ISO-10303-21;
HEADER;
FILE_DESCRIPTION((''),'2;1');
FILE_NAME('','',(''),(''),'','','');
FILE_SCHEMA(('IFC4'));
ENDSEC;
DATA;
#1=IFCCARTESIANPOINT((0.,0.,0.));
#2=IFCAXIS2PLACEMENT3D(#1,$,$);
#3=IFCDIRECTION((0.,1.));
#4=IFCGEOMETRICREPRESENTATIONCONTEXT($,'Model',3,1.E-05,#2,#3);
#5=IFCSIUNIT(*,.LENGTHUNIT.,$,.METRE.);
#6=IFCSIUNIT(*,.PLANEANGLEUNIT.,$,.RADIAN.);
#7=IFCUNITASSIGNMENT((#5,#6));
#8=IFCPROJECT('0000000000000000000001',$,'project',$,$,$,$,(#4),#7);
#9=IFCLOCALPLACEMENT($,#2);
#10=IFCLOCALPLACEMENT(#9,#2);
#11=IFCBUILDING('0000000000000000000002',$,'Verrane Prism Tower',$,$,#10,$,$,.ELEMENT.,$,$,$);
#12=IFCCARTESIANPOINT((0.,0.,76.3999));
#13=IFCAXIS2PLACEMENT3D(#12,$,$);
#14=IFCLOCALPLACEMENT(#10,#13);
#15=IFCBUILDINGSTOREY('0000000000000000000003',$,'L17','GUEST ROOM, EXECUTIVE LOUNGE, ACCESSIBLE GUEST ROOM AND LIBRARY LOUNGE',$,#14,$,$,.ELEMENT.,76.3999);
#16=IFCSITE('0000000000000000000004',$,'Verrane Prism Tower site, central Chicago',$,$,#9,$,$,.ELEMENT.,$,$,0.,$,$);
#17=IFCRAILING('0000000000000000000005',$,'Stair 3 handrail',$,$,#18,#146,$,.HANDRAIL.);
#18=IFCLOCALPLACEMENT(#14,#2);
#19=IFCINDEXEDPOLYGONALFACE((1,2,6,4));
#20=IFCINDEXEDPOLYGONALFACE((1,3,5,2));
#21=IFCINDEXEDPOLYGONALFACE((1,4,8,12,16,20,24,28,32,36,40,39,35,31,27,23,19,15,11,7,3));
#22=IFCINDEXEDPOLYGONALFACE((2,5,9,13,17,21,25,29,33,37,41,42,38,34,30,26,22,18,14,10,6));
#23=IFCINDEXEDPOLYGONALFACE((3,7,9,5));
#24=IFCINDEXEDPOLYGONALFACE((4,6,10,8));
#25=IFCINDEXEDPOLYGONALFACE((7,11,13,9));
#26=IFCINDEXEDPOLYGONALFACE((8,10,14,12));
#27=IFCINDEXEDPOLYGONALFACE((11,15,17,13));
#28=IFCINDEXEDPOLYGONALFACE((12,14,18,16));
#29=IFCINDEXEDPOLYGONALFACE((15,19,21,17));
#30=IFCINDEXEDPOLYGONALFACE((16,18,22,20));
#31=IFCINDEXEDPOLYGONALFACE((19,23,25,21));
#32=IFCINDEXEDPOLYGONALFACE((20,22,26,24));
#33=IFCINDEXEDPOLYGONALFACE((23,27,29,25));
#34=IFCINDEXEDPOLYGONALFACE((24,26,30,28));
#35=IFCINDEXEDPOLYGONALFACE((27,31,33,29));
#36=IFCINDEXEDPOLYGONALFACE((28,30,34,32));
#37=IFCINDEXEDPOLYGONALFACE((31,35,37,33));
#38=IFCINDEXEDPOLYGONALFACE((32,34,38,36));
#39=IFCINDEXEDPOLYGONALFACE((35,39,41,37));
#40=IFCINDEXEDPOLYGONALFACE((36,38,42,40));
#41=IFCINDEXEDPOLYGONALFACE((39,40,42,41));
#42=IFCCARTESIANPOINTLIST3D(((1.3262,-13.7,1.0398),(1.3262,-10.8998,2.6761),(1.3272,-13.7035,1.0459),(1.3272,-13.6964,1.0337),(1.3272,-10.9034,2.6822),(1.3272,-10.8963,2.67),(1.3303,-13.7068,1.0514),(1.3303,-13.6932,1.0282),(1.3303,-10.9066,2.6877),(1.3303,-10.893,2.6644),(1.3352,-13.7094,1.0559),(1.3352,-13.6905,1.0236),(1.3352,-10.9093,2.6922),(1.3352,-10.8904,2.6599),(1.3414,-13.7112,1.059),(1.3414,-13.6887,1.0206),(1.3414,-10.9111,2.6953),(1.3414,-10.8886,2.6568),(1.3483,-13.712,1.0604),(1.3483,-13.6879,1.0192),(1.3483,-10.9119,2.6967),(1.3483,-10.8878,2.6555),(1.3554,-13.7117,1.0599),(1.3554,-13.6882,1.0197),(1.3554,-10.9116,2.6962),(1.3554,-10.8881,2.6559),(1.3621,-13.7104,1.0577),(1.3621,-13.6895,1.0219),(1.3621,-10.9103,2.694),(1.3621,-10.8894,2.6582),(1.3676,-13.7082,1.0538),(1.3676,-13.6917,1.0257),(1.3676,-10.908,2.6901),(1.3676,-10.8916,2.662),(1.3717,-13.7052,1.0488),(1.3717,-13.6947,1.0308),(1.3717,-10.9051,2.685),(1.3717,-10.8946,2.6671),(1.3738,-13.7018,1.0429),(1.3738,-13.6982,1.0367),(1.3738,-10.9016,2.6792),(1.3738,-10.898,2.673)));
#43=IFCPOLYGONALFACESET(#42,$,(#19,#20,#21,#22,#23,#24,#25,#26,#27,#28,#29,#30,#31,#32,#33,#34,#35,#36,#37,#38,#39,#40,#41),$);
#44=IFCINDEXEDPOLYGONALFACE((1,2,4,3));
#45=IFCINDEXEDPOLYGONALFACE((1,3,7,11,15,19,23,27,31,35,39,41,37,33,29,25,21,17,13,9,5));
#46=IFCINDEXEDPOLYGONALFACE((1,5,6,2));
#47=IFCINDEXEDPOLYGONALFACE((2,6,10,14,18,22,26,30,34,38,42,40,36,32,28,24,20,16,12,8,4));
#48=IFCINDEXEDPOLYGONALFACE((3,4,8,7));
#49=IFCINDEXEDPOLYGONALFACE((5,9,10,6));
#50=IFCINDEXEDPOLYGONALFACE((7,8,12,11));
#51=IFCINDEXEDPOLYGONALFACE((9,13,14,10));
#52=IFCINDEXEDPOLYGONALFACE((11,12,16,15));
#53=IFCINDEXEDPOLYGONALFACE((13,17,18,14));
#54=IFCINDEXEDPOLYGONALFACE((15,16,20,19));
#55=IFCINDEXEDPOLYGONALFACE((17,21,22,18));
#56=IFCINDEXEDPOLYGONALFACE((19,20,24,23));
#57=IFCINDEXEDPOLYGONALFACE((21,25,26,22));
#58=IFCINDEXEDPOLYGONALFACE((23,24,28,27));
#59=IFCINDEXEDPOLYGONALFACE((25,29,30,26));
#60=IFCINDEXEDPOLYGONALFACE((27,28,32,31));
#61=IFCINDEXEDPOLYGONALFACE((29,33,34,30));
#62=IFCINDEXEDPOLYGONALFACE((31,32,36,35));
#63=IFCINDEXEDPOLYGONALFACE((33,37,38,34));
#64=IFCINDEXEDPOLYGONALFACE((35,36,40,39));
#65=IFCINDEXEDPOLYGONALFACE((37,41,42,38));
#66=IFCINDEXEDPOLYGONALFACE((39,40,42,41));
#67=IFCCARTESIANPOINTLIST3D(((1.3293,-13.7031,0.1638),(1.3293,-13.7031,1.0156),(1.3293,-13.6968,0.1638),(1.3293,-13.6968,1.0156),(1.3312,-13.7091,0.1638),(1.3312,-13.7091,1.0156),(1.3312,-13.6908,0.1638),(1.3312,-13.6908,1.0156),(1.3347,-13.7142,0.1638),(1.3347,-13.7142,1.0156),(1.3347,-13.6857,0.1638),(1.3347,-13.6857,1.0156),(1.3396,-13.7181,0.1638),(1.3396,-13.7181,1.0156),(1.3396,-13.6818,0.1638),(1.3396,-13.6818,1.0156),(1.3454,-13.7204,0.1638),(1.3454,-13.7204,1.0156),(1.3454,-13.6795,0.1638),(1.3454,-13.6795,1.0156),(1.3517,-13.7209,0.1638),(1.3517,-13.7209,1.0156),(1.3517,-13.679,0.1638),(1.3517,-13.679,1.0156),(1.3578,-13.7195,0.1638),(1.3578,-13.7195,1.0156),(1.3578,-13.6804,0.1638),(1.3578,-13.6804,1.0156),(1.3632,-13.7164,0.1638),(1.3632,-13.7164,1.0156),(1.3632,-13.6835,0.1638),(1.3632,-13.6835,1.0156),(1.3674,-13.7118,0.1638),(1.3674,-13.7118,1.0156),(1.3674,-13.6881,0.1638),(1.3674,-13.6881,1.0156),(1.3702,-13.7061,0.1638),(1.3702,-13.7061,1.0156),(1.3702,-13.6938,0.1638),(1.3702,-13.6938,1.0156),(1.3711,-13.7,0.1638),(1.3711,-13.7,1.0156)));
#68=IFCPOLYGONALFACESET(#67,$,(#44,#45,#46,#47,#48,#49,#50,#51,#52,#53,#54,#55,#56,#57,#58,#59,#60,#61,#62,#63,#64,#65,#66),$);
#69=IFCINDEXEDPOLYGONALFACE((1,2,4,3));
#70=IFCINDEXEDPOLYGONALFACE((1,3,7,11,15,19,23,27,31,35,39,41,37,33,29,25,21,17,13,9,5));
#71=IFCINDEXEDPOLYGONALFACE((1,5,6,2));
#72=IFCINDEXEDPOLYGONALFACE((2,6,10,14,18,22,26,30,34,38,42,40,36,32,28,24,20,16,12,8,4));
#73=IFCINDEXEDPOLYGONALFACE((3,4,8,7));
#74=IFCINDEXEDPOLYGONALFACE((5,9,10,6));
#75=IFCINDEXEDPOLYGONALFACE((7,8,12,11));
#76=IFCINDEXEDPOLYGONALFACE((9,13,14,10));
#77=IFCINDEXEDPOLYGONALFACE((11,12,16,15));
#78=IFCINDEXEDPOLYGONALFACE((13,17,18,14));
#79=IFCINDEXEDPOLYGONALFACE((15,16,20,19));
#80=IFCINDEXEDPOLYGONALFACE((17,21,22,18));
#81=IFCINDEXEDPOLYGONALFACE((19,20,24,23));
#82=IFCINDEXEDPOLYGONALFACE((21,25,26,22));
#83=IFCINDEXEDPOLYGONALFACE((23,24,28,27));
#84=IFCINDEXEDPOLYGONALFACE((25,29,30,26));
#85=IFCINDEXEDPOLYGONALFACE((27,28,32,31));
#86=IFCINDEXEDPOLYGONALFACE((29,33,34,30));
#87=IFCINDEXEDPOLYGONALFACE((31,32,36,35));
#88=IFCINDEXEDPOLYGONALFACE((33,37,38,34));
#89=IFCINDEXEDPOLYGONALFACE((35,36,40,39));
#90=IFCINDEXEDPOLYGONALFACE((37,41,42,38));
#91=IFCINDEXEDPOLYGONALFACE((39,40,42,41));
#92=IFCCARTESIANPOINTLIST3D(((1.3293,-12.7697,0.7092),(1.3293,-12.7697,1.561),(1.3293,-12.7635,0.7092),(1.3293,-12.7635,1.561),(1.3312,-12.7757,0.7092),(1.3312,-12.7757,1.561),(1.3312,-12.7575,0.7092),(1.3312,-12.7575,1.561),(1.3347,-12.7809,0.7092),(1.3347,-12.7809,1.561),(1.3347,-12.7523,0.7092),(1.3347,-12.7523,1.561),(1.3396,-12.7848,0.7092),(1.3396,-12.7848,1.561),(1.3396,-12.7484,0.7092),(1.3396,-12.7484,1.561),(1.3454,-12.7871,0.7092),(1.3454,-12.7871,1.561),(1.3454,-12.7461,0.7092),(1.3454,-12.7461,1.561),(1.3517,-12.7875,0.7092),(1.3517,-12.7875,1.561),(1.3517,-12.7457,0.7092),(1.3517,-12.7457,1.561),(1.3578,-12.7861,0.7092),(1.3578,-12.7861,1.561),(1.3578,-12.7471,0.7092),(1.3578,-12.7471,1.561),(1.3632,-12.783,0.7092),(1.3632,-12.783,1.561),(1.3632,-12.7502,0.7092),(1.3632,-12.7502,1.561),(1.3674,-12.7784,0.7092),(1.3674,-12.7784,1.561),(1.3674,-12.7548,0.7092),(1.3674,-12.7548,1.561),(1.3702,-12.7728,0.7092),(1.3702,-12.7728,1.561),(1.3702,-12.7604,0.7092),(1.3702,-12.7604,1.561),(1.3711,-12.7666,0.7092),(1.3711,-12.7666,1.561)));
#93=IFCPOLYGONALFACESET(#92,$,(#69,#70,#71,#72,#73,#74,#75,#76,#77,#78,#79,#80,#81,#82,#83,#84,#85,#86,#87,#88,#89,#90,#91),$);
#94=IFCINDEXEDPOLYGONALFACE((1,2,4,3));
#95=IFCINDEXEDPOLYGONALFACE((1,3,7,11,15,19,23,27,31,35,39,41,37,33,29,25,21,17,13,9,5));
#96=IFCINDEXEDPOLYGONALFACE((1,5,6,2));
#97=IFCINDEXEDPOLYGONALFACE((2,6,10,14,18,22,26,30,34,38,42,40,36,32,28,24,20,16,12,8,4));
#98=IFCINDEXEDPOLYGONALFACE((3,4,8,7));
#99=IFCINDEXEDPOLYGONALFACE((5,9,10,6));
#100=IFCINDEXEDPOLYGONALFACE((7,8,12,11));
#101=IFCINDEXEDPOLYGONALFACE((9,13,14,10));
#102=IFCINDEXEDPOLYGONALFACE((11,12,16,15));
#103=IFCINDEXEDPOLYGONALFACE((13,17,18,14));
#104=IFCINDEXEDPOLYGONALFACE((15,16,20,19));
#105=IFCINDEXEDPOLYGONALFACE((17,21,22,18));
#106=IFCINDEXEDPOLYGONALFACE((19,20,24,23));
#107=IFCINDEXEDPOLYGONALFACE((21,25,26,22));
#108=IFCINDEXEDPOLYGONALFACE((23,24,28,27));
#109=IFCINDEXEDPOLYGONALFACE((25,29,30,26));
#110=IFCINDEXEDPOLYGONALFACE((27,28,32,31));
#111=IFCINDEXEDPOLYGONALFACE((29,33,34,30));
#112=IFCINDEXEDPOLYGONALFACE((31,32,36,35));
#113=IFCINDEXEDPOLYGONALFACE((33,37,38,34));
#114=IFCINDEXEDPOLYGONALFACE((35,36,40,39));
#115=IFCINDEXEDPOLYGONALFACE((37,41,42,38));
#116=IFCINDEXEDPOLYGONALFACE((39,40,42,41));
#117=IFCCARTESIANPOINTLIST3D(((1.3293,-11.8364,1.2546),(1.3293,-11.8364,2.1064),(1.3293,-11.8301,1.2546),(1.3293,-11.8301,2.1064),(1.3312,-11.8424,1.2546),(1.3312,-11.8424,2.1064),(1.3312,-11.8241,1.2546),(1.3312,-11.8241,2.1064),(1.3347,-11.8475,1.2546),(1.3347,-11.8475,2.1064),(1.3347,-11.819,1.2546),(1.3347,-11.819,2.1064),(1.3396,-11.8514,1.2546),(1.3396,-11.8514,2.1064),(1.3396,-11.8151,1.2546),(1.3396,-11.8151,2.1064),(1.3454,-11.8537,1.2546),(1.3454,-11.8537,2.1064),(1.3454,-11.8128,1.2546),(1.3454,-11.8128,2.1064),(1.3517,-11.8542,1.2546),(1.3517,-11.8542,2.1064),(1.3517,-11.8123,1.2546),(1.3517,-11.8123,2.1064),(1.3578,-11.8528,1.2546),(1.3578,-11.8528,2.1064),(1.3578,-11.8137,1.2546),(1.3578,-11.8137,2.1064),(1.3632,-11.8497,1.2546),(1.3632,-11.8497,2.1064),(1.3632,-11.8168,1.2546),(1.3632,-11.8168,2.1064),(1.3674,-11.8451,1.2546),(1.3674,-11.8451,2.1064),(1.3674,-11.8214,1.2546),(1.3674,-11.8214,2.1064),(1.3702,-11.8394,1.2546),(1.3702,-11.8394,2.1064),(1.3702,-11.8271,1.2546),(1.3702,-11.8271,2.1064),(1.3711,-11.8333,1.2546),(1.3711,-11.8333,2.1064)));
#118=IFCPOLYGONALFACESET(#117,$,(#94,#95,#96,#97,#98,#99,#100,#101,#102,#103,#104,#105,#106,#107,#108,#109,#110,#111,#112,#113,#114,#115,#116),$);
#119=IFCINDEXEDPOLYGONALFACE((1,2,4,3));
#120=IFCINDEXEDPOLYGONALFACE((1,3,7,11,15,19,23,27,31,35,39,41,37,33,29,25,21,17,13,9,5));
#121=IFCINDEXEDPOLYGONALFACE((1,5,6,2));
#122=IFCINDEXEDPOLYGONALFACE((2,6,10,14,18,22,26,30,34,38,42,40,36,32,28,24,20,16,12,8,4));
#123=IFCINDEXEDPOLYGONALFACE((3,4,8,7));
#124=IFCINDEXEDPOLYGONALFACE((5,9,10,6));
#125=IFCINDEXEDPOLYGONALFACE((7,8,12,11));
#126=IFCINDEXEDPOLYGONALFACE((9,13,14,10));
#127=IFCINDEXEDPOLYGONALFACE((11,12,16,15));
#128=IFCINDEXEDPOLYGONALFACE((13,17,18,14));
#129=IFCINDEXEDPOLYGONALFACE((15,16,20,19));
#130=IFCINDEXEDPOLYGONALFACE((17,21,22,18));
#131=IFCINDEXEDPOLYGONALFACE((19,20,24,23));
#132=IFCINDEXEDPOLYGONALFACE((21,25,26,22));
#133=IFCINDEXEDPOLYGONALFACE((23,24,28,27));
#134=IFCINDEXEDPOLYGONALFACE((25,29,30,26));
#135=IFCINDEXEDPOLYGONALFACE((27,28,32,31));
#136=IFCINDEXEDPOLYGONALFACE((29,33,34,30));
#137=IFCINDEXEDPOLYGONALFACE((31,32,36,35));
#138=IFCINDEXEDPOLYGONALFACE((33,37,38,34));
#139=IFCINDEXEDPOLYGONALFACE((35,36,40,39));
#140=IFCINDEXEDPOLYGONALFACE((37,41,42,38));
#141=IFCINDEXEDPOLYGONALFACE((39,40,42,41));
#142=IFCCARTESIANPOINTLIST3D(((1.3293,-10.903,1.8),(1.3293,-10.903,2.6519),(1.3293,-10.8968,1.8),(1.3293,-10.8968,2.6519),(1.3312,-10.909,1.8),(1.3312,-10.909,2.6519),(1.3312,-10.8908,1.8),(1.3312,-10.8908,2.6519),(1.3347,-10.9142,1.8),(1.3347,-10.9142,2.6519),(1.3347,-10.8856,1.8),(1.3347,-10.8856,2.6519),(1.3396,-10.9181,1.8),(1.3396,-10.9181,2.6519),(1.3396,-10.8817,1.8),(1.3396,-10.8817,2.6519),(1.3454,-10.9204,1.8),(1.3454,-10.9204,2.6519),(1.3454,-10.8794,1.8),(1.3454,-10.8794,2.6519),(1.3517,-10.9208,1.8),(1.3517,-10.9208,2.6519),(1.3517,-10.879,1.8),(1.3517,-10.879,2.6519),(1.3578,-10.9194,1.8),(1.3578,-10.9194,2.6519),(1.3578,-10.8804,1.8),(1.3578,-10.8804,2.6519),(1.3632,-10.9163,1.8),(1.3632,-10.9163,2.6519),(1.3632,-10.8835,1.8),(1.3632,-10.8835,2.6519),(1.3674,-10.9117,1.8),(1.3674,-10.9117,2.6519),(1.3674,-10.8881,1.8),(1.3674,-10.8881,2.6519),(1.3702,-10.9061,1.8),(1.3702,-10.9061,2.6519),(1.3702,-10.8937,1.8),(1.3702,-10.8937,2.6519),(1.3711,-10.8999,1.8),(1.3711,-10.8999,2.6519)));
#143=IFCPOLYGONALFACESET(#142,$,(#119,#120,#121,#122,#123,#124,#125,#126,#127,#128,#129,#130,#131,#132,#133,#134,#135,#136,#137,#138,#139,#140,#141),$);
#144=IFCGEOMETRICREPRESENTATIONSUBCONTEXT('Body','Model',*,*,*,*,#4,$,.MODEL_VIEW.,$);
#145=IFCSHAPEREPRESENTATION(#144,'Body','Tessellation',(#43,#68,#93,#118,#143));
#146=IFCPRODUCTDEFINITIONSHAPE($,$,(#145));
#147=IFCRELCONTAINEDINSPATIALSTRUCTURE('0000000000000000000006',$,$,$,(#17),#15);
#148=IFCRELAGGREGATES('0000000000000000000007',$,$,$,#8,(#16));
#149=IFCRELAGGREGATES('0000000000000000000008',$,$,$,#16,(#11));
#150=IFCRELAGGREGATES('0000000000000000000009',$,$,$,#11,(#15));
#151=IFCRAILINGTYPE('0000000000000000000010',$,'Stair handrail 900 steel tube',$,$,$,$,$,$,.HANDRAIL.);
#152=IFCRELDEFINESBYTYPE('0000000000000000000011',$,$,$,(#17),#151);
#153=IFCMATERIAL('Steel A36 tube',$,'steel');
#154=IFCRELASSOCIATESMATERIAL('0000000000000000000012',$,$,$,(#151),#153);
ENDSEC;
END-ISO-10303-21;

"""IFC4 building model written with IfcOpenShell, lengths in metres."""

from ifc_helpers import new_model, si_unit, direction, frame, origin, origin_2d, place, context, subcontext, project, spatial, circle, extrude, material, type_object, element, save


model = new_model("IFC4")

# Units and contexts
model_context = context("Model", 3, precision=1e-05, world=origin(), true_north=direction((0.0, 1.0)))
body_context = subcontext(model_context, "Body", "Model", "MODEL_VIEW")
ifc_project = project(units=[si_unit("LENGTHUNIT", "METRE"), si_unit("PLANEANGLEUNIT", "RADIAN")], contexts=[model_context])

# Site, building, storey
site_placement = place(None, origin())
site = spatial("IfcSite", under=ifc_project, at=site_placement, Name="Verrane Prism Tower site, central Chicago", CompositionType="ELEMENT", RefElevation=0.0)
building_placement = place(site_placement, origin())
building = spatial("IfcBuilding", under=site, at=building_placement, Name="Verrane Prism Tower", CompositionType="ELEMENT")
storey_placement = place(building_placement, frame((0.0, 0.0, 76.3999)))
storey = spatial("IfcBuildingStorey", under=building, at=storey_placement, Name="L17", Description="GUEST ROOM, EXECUTIVE LOUNGE, ACCESSIBLE GUEST ROOM AND LIBRARY LOUNGE", CompositionType="ELEMENT", Elevation=76.3999)

# Railing
ifc_material_1 = material(Name="Steel A36 tube", Category="steel")
railing_type_1 = type_object("IfcRailingType", Name="Stair handrail 900 steel tube", PredefinedType="HANDRAIL", material=ifc_material_1)
railing_1_placement = place(storey_placement, frame((1.3501, -13.7, 0.1638)))
element("IfcRailing", 1, at=railing_1_placement, inside=storey, type_object=railing_type_1, Name="Stair 3 handrail", PredefinedType="HANDRAIL", context=body_context, shape_type="SweptSolid", body=[
    extrude(circle(Radius=0.0239, at=origin_2d()), frame((0.0, 0.0, 0.876), z_axis=(0.0, 0.863394, 0.504531), x_axis=(-1.0, 0.0, 0.0)), (0.0, 0.0, 1.0), 3.2432),
    extrude(circle(Radius=0.021, at=origin_2d()), origin(), (0.0, 0.0, 1.0), 0.8518),
    extrude(circle(Radius=0.021, at=origin_2d()), frame((0.0, 0.9333, 0.5454)), (0.0, 0.0, 1.0), 0.8518),
    extrude(circle(Radius=0.021, at=origin_2d()), frame((0.0, 1.8667, 1.0908)), (0.0, 0.0, 1.0), 0.8518),
    extrude(circle(Radius=0.021, at=origin_2d()), frame((0.0, 2.8, 1.6362)), (0.0, 0.0, 1.0), 0.8518),
])

save(model, "model.ifc")
